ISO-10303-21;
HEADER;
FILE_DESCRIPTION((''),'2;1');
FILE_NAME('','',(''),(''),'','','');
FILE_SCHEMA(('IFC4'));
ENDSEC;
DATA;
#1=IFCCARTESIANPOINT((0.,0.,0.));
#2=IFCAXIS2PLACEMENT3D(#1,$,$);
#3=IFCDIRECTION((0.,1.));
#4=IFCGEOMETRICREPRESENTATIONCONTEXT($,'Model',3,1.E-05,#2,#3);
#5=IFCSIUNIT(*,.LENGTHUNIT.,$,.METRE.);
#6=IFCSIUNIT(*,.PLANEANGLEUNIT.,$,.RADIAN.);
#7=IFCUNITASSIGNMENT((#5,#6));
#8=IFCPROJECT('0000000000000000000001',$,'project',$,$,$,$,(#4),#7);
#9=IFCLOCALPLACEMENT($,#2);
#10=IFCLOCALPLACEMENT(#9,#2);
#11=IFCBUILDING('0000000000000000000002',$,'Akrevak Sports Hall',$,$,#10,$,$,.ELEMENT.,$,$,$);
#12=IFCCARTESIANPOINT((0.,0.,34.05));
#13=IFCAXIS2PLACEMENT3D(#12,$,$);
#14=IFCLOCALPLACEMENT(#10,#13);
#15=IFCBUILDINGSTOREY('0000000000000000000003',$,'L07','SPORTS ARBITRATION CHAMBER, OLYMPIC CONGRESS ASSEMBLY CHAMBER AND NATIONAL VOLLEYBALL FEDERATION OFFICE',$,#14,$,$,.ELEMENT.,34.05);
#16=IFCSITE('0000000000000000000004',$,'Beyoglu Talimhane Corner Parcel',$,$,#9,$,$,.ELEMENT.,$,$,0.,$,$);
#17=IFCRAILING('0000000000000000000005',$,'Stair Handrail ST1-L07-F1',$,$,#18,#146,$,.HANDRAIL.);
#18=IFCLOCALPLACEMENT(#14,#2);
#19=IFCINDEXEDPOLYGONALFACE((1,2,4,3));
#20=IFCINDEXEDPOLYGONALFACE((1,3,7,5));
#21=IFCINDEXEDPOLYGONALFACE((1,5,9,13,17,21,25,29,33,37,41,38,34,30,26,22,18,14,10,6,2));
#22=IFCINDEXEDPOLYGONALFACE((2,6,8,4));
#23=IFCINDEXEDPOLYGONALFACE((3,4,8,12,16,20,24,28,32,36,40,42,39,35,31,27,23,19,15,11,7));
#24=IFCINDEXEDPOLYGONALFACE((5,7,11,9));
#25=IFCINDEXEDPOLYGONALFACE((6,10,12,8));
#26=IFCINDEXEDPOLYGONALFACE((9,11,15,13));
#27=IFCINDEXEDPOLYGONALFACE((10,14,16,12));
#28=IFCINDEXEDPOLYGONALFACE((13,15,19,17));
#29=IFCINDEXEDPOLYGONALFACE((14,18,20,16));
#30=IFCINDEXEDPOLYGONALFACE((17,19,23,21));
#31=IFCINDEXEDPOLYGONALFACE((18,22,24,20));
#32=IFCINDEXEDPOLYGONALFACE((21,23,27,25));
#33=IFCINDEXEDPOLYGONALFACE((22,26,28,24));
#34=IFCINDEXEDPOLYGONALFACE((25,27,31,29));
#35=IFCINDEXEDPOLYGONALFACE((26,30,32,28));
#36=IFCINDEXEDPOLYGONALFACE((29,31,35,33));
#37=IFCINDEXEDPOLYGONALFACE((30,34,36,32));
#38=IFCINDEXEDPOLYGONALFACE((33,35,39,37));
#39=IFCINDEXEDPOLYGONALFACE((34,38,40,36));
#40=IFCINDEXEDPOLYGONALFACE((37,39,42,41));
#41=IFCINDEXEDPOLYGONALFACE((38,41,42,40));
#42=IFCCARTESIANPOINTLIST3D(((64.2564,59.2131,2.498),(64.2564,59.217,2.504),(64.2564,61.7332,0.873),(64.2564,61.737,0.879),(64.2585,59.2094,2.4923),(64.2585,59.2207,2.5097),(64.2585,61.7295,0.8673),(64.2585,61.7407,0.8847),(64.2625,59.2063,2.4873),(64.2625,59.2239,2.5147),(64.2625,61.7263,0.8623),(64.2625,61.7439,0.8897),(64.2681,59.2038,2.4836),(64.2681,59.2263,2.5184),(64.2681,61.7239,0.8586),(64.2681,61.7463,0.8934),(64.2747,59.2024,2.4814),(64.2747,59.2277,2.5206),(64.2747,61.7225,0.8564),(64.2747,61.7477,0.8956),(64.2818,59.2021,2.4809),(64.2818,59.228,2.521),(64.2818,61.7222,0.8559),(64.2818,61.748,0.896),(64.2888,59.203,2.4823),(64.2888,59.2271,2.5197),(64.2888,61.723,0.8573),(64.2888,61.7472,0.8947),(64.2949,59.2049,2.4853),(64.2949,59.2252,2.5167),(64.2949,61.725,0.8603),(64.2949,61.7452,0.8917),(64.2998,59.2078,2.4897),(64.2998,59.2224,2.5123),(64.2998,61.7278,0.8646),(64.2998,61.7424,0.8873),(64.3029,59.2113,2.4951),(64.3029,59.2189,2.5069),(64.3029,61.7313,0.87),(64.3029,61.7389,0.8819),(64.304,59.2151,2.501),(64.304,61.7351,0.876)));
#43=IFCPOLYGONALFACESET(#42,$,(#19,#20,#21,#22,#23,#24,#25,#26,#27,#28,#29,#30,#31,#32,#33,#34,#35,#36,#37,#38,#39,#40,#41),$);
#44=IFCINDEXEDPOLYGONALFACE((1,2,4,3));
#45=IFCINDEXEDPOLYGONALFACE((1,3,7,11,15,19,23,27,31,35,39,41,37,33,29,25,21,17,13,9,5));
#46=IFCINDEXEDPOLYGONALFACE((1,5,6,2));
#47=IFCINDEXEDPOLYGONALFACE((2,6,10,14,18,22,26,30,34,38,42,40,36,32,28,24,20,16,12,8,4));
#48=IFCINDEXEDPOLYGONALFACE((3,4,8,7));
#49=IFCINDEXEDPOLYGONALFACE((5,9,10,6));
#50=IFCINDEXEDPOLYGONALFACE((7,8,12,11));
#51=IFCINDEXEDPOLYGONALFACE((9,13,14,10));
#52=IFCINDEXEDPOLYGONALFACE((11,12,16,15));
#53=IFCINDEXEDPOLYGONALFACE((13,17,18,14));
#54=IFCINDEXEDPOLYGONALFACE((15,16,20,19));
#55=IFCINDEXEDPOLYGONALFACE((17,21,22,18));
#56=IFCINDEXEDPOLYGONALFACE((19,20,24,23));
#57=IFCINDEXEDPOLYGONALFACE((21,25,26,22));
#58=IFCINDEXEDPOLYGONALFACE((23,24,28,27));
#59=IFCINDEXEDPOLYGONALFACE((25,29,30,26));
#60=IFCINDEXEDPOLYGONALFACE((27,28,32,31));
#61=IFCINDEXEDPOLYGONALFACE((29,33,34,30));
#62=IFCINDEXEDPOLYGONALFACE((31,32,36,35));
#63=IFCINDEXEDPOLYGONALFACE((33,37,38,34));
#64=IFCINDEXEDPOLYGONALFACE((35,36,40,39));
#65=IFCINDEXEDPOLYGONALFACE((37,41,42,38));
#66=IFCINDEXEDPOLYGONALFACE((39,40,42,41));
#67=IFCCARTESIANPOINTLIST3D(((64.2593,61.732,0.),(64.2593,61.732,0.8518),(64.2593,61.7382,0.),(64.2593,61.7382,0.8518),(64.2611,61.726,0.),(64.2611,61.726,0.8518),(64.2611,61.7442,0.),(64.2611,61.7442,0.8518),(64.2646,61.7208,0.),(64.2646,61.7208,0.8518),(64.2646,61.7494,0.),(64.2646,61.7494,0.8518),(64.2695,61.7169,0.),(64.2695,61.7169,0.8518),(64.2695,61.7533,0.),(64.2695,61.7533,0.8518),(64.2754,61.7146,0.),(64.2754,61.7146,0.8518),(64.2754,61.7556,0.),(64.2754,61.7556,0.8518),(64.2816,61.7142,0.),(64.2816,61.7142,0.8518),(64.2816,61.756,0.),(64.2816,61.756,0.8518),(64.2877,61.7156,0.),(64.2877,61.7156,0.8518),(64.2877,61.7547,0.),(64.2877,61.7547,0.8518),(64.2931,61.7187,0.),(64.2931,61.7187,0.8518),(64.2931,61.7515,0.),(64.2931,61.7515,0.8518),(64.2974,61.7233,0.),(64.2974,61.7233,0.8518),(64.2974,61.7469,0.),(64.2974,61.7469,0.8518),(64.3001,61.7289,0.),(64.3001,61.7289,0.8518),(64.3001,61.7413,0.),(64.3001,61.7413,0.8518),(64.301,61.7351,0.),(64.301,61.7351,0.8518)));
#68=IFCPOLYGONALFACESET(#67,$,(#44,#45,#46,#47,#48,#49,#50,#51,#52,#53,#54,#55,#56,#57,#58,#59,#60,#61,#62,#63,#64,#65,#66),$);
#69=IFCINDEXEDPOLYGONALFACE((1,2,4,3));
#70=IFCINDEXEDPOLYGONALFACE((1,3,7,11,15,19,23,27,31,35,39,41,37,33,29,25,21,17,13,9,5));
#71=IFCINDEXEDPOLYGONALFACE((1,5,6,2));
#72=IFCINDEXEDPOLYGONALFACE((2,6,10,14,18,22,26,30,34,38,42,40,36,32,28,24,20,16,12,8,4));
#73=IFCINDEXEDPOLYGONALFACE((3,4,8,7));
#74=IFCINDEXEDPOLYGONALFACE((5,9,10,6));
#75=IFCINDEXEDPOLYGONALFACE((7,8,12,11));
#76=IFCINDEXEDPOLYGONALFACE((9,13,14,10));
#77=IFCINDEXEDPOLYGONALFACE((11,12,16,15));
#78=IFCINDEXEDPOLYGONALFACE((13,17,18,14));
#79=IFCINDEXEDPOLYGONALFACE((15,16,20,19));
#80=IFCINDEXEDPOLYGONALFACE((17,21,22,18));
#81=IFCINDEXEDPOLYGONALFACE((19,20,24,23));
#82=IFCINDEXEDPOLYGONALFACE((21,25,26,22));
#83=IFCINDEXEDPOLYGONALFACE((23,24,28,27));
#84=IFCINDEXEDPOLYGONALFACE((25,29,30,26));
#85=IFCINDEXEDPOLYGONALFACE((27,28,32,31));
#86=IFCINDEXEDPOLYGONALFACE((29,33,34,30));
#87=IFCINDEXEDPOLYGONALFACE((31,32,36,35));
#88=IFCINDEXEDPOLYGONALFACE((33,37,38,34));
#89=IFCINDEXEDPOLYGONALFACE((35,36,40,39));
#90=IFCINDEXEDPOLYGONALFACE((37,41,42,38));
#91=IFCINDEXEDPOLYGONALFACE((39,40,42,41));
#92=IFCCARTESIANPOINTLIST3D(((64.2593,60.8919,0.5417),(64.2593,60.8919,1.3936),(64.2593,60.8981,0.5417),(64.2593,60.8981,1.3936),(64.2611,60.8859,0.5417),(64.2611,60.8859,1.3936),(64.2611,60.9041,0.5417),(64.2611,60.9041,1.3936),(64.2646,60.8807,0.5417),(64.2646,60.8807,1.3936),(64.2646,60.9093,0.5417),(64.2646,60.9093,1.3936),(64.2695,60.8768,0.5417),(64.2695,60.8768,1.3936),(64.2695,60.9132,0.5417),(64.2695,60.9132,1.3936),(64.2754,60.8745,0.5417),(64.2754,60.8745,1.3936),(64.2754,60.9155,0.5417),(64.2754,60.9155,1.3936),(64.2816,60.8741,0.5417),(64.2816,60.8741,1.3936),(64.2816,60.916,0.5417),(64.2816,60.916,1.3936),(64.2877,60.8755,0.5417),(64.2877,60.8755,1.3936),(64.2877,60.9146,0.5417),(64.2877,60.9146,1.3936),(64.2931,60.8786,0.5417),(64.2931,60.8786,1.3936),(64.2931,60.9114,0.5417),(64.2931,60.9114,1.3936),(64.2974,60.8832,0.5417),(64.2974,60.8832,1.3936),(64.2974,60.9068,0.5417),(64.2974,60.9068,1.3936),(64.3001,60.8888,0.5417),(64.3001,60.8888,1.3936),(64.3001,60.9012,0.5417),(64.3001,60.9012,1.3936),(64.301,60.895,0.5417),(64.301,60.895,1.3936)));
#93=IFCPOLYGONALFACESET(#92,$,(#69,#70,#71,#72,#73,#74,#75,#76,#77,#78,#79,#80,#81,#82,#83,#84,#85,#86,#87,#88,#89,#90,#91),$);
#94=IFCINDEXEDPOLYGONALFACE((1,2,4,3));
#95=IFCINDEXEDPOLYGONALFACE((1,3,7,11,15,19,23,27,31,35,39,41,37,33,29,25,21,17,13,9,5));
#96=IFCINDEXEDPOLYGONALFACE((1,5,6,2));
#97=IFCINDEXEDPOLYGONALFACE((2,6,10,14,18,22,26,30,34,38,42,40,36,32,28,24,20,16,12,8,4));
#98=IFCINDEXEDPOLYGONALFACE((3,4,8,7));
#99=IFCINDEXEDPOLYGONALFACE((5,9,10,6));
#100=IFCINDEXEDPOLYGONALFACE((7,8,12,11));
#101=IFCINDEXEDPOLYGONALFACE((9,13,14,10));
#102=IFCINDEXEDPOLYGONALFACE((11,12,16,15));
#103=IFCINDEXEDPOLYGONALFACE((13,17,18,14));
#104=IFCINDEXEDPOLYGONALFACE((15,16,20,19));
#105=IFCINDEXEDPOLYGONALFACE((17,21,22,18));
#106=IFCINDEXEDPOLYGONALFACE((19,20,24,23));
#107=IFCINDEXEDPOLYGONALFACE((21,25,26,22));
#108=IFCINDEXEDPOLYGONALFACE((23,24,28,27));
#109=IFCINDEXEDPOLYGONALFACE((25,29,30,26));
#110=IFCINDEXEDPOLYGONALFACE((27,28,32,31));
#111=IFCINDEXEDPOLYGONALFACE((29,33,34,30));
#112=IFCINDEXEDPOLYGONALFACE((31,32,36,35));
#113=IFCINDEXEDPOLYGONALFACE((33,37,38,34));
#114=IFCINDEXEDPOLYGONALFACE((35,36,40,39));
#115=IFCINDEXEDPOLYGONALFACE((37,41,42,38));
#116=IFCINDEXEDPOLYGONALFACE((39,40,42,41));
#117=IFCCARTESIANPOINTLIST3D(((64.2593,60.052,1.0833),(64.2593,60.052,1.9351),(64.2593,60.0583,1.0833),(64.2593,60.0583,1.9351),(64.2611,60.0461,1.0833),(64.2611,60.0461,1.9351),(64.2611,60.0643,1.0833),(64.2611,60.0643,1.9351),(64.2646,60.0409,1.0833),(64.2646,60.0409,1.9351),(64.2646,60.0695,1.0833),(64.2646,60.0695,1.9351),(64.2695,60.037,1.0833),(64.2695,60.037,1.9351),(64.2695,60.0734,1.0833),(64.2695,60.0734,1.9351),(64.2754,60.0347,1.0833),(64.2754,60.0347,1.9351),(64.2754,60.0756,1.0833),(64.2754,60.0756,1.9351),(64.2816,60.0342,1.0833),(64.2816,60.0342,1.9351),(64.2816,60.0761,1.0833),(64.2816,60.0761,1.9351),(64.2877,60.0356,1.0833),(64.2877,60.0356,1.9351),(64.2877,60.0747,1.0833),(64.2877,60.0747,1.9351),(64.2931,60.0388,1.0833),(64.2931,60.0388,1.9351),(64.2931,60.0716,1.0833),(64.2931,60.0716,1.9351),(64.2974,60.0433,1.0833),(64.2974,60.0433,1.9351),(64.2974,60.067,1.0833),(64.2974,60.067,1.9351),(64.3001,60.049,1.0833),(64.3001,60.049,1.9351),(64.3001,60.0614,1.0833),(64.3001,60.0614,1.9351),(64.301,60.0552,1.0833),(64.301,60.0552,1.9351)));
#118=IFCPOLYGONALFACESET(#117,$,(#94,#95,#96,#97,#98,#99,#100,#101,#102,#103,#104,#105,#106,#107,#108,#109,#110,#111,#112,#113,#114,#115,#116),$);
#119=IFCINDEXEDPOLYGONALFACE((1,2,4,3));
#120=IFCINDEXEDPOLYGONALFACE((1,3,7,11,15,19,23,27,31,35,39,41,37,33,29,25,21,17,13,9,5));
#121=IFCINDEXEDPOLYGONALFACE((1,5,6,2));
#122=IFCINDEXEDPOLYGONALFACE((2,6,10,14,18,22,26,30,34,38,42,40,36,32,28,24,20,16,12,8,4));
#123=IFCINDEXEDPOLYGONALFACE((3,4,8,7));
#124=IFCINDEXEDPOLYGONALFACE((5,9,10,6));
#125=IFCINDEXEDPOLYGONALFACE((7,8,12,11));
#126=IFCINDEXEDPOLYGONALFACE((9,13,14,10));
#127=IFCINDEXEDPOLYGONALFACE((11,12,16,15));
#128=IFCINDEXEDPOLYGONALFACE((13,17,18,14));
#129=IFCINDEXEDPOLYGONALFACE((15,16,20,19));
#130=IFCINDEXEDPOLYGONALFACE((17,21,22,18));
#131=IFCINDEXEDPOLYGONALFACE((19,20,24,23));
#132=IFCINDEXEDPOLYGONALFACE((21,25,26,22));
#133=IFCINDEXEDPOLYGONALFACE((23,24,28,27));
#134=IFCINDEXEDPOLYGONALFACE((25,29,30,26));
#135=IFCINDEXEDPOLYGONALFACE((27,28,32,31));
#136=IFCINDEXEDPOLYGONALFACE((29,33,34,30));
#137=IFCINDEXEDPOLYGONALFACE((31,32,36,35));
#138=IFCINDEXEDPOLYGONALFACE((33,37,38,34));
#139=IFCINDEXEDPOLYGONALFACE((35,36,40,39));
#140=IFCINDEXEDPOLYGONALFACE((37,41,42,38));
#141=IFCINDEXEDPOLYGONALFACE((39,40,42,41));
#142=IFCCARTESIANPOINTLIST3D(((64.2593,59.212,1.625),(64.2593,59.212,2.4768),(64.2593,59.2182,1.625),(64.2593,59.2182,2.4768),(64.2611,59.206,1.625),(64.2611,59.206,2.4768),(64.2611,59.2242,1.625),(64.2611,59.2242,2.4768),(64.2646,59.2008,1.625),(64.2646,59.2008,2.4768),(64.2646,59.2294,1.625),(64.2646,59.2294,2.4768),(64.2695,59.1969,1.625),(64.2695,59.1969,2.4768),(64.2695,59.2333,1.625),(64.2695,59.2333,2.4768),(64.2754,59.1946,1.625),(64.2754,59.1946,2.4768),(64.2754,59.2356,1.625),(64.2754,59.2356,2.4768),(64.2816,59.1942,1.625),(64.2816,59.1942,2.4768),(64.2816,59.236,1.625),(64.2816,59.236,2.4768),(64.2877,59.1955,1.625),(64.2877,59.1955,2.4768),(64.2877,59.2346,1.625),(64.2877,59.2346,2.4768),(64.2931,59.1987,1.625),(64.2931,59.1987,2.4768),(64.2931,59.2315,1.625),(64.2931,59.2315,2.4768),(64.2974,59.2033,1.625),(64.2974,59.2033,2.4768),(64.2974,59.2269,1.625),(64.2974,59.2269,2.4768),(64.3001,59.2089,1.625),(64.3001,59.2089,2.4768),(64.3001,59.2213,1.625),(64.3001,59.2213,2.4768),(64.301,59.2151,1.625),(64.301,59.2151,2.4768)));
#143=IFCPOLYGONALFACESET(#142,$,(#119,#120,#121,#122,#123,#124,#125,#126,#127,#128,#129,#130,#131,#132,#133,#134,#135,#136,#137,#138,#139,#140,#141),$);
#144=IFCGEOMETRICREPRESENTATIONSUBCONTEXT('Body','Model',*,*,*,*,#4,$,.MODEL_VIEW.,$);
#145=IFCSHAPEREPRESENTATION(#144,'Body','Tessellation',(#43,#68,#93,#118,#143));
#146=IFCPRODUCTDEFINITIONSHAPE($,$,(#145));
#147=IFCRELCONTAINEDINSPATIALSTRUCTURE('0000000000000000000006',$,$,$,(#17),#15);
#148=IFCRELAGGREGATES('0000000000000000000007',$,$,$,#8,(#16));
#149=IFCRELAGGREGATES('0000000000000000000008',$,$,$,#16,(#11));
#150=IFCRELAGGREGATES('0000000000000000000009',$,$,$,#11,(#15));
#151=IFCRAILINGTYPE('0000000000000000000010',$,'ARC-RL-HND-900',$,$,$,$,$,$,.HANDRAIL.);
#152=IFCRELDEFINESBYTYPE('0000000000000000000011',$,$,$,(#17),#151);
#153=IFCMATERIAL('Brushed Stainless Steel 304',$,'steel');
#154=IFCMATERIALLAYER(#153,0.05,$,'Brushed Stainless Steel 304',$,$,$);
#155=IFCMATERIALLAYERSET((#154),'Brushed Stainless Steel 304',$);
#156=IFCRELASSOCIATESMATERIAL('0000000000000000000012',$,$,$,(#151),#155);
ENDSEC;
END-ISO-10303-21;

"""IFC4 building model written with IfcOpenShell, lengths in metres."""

from ifc_helpers import new_model, si_unit, direction, frame, origin, origin_2d, place, context, subcontext, project, spatial, circle, extrude, material, layer, layer_set, type_object, element, save


model = new_model("IFC4")

# Units and contexts
model_context = context("Model", 3, precision=1e-05, world=origin(), true_north=direction((0.0, 1.0)))
body_context = subcontext(model_context, "Body", "Model", "MODEL_VIEW")
ifc_project = project(units=[si_unit("LENGTHUNIT", "METRE"), si_unit("PLANEANGLEUNIT", "RADIAN")], contexts=[model_context])

# Site, building, storey
site_placement = place(None, origin())
site = spatial("IfcSite", under=ifc_project, at=site_placement, Name="Beyoglu Talimhane Corner Parcel", CompositionType="ELEMENT", RefElevation=0.0)
building_placement = place(site_placement, origin())
building = spatial("IfcBuilding", under=site, at=building_placement, Name="Akrevak Sports Hall", CompositionType="ELEMENT")
storey_placement = place(building_placement, frame((0.0, 0.0, 34.05)))
storey = spatial("IfcBuildingStorey", under=building, at=storey_placement, Name="L07", Description="SPORTS ARBITRATION CHAMBER, OLYMPIC CONGRESS ASSEMBLY CHAMBER AND NATIONAL VOLLEYBALL FEDERATION OFFICE", CompositionType="ELEMENT", Elevation=34.05)

# Shared definitions
ifc_material_1 = material(Name="Brushed Stainless Steel 304", Category="steel")

# Railing
ifc_layer_1 = layer(ifc_material_1, 0.05, Name="Brushed Stainless Steel 304")
ifc_layer_set_1 = layer_set([ifc_layer_1], Name="Brushed Stainless Steel 304")
railing_type_1 = type_object("IfcRailingType", Name="ARC-RL-HND-900", PredefinedType="HANDRAIL", material=ifc_layer_set_1)
railing_1_placement = place(storey_placement, frame((64.28, 61.7351, 0.0)))
element("IfcRailing", 1, at=railing_1_placement, inside=storey, type_object=railing_type_1, Name="Stair Handrail ST1-L07-F1", PredefinedType="HANDRAIL", context=body_context, shape_type="SweptSolid", body=[
    extrude(circle(Radius=0.0239, at=origin_2d()), frame((0.0, 0.0, 0.876), z_axis=(0.0, -0.840421, 0.541934), x_axis=(1.0, 0.0, 0.0)), (0.0, 0.0, 1.0), 2.9985),
    extrude(circle(Radius=0.021, at=origin_2d()), origin(), (0.0, 0.0, 1.0), 0.8518),
    extrude(circle(Radius=0.021, at=origin_2d()), frame((0.0, -0.8401, 0.5417)), (0.0, 0.0, 1.0), 0.8518),
    extrude(circle(Radius=0.021, at=origin_2d()), frame((0.0, -1.6799, 1.0833)), (0.0, 0.0, 1.0), 0.8518),
    extrude(circle(Radius=0.021, at=origin_2d()), frame((0.0, -2.52, 1.625)), (0.0, 0.0, 1.0), 0.8518),
])

save(model, "model.ifc")
